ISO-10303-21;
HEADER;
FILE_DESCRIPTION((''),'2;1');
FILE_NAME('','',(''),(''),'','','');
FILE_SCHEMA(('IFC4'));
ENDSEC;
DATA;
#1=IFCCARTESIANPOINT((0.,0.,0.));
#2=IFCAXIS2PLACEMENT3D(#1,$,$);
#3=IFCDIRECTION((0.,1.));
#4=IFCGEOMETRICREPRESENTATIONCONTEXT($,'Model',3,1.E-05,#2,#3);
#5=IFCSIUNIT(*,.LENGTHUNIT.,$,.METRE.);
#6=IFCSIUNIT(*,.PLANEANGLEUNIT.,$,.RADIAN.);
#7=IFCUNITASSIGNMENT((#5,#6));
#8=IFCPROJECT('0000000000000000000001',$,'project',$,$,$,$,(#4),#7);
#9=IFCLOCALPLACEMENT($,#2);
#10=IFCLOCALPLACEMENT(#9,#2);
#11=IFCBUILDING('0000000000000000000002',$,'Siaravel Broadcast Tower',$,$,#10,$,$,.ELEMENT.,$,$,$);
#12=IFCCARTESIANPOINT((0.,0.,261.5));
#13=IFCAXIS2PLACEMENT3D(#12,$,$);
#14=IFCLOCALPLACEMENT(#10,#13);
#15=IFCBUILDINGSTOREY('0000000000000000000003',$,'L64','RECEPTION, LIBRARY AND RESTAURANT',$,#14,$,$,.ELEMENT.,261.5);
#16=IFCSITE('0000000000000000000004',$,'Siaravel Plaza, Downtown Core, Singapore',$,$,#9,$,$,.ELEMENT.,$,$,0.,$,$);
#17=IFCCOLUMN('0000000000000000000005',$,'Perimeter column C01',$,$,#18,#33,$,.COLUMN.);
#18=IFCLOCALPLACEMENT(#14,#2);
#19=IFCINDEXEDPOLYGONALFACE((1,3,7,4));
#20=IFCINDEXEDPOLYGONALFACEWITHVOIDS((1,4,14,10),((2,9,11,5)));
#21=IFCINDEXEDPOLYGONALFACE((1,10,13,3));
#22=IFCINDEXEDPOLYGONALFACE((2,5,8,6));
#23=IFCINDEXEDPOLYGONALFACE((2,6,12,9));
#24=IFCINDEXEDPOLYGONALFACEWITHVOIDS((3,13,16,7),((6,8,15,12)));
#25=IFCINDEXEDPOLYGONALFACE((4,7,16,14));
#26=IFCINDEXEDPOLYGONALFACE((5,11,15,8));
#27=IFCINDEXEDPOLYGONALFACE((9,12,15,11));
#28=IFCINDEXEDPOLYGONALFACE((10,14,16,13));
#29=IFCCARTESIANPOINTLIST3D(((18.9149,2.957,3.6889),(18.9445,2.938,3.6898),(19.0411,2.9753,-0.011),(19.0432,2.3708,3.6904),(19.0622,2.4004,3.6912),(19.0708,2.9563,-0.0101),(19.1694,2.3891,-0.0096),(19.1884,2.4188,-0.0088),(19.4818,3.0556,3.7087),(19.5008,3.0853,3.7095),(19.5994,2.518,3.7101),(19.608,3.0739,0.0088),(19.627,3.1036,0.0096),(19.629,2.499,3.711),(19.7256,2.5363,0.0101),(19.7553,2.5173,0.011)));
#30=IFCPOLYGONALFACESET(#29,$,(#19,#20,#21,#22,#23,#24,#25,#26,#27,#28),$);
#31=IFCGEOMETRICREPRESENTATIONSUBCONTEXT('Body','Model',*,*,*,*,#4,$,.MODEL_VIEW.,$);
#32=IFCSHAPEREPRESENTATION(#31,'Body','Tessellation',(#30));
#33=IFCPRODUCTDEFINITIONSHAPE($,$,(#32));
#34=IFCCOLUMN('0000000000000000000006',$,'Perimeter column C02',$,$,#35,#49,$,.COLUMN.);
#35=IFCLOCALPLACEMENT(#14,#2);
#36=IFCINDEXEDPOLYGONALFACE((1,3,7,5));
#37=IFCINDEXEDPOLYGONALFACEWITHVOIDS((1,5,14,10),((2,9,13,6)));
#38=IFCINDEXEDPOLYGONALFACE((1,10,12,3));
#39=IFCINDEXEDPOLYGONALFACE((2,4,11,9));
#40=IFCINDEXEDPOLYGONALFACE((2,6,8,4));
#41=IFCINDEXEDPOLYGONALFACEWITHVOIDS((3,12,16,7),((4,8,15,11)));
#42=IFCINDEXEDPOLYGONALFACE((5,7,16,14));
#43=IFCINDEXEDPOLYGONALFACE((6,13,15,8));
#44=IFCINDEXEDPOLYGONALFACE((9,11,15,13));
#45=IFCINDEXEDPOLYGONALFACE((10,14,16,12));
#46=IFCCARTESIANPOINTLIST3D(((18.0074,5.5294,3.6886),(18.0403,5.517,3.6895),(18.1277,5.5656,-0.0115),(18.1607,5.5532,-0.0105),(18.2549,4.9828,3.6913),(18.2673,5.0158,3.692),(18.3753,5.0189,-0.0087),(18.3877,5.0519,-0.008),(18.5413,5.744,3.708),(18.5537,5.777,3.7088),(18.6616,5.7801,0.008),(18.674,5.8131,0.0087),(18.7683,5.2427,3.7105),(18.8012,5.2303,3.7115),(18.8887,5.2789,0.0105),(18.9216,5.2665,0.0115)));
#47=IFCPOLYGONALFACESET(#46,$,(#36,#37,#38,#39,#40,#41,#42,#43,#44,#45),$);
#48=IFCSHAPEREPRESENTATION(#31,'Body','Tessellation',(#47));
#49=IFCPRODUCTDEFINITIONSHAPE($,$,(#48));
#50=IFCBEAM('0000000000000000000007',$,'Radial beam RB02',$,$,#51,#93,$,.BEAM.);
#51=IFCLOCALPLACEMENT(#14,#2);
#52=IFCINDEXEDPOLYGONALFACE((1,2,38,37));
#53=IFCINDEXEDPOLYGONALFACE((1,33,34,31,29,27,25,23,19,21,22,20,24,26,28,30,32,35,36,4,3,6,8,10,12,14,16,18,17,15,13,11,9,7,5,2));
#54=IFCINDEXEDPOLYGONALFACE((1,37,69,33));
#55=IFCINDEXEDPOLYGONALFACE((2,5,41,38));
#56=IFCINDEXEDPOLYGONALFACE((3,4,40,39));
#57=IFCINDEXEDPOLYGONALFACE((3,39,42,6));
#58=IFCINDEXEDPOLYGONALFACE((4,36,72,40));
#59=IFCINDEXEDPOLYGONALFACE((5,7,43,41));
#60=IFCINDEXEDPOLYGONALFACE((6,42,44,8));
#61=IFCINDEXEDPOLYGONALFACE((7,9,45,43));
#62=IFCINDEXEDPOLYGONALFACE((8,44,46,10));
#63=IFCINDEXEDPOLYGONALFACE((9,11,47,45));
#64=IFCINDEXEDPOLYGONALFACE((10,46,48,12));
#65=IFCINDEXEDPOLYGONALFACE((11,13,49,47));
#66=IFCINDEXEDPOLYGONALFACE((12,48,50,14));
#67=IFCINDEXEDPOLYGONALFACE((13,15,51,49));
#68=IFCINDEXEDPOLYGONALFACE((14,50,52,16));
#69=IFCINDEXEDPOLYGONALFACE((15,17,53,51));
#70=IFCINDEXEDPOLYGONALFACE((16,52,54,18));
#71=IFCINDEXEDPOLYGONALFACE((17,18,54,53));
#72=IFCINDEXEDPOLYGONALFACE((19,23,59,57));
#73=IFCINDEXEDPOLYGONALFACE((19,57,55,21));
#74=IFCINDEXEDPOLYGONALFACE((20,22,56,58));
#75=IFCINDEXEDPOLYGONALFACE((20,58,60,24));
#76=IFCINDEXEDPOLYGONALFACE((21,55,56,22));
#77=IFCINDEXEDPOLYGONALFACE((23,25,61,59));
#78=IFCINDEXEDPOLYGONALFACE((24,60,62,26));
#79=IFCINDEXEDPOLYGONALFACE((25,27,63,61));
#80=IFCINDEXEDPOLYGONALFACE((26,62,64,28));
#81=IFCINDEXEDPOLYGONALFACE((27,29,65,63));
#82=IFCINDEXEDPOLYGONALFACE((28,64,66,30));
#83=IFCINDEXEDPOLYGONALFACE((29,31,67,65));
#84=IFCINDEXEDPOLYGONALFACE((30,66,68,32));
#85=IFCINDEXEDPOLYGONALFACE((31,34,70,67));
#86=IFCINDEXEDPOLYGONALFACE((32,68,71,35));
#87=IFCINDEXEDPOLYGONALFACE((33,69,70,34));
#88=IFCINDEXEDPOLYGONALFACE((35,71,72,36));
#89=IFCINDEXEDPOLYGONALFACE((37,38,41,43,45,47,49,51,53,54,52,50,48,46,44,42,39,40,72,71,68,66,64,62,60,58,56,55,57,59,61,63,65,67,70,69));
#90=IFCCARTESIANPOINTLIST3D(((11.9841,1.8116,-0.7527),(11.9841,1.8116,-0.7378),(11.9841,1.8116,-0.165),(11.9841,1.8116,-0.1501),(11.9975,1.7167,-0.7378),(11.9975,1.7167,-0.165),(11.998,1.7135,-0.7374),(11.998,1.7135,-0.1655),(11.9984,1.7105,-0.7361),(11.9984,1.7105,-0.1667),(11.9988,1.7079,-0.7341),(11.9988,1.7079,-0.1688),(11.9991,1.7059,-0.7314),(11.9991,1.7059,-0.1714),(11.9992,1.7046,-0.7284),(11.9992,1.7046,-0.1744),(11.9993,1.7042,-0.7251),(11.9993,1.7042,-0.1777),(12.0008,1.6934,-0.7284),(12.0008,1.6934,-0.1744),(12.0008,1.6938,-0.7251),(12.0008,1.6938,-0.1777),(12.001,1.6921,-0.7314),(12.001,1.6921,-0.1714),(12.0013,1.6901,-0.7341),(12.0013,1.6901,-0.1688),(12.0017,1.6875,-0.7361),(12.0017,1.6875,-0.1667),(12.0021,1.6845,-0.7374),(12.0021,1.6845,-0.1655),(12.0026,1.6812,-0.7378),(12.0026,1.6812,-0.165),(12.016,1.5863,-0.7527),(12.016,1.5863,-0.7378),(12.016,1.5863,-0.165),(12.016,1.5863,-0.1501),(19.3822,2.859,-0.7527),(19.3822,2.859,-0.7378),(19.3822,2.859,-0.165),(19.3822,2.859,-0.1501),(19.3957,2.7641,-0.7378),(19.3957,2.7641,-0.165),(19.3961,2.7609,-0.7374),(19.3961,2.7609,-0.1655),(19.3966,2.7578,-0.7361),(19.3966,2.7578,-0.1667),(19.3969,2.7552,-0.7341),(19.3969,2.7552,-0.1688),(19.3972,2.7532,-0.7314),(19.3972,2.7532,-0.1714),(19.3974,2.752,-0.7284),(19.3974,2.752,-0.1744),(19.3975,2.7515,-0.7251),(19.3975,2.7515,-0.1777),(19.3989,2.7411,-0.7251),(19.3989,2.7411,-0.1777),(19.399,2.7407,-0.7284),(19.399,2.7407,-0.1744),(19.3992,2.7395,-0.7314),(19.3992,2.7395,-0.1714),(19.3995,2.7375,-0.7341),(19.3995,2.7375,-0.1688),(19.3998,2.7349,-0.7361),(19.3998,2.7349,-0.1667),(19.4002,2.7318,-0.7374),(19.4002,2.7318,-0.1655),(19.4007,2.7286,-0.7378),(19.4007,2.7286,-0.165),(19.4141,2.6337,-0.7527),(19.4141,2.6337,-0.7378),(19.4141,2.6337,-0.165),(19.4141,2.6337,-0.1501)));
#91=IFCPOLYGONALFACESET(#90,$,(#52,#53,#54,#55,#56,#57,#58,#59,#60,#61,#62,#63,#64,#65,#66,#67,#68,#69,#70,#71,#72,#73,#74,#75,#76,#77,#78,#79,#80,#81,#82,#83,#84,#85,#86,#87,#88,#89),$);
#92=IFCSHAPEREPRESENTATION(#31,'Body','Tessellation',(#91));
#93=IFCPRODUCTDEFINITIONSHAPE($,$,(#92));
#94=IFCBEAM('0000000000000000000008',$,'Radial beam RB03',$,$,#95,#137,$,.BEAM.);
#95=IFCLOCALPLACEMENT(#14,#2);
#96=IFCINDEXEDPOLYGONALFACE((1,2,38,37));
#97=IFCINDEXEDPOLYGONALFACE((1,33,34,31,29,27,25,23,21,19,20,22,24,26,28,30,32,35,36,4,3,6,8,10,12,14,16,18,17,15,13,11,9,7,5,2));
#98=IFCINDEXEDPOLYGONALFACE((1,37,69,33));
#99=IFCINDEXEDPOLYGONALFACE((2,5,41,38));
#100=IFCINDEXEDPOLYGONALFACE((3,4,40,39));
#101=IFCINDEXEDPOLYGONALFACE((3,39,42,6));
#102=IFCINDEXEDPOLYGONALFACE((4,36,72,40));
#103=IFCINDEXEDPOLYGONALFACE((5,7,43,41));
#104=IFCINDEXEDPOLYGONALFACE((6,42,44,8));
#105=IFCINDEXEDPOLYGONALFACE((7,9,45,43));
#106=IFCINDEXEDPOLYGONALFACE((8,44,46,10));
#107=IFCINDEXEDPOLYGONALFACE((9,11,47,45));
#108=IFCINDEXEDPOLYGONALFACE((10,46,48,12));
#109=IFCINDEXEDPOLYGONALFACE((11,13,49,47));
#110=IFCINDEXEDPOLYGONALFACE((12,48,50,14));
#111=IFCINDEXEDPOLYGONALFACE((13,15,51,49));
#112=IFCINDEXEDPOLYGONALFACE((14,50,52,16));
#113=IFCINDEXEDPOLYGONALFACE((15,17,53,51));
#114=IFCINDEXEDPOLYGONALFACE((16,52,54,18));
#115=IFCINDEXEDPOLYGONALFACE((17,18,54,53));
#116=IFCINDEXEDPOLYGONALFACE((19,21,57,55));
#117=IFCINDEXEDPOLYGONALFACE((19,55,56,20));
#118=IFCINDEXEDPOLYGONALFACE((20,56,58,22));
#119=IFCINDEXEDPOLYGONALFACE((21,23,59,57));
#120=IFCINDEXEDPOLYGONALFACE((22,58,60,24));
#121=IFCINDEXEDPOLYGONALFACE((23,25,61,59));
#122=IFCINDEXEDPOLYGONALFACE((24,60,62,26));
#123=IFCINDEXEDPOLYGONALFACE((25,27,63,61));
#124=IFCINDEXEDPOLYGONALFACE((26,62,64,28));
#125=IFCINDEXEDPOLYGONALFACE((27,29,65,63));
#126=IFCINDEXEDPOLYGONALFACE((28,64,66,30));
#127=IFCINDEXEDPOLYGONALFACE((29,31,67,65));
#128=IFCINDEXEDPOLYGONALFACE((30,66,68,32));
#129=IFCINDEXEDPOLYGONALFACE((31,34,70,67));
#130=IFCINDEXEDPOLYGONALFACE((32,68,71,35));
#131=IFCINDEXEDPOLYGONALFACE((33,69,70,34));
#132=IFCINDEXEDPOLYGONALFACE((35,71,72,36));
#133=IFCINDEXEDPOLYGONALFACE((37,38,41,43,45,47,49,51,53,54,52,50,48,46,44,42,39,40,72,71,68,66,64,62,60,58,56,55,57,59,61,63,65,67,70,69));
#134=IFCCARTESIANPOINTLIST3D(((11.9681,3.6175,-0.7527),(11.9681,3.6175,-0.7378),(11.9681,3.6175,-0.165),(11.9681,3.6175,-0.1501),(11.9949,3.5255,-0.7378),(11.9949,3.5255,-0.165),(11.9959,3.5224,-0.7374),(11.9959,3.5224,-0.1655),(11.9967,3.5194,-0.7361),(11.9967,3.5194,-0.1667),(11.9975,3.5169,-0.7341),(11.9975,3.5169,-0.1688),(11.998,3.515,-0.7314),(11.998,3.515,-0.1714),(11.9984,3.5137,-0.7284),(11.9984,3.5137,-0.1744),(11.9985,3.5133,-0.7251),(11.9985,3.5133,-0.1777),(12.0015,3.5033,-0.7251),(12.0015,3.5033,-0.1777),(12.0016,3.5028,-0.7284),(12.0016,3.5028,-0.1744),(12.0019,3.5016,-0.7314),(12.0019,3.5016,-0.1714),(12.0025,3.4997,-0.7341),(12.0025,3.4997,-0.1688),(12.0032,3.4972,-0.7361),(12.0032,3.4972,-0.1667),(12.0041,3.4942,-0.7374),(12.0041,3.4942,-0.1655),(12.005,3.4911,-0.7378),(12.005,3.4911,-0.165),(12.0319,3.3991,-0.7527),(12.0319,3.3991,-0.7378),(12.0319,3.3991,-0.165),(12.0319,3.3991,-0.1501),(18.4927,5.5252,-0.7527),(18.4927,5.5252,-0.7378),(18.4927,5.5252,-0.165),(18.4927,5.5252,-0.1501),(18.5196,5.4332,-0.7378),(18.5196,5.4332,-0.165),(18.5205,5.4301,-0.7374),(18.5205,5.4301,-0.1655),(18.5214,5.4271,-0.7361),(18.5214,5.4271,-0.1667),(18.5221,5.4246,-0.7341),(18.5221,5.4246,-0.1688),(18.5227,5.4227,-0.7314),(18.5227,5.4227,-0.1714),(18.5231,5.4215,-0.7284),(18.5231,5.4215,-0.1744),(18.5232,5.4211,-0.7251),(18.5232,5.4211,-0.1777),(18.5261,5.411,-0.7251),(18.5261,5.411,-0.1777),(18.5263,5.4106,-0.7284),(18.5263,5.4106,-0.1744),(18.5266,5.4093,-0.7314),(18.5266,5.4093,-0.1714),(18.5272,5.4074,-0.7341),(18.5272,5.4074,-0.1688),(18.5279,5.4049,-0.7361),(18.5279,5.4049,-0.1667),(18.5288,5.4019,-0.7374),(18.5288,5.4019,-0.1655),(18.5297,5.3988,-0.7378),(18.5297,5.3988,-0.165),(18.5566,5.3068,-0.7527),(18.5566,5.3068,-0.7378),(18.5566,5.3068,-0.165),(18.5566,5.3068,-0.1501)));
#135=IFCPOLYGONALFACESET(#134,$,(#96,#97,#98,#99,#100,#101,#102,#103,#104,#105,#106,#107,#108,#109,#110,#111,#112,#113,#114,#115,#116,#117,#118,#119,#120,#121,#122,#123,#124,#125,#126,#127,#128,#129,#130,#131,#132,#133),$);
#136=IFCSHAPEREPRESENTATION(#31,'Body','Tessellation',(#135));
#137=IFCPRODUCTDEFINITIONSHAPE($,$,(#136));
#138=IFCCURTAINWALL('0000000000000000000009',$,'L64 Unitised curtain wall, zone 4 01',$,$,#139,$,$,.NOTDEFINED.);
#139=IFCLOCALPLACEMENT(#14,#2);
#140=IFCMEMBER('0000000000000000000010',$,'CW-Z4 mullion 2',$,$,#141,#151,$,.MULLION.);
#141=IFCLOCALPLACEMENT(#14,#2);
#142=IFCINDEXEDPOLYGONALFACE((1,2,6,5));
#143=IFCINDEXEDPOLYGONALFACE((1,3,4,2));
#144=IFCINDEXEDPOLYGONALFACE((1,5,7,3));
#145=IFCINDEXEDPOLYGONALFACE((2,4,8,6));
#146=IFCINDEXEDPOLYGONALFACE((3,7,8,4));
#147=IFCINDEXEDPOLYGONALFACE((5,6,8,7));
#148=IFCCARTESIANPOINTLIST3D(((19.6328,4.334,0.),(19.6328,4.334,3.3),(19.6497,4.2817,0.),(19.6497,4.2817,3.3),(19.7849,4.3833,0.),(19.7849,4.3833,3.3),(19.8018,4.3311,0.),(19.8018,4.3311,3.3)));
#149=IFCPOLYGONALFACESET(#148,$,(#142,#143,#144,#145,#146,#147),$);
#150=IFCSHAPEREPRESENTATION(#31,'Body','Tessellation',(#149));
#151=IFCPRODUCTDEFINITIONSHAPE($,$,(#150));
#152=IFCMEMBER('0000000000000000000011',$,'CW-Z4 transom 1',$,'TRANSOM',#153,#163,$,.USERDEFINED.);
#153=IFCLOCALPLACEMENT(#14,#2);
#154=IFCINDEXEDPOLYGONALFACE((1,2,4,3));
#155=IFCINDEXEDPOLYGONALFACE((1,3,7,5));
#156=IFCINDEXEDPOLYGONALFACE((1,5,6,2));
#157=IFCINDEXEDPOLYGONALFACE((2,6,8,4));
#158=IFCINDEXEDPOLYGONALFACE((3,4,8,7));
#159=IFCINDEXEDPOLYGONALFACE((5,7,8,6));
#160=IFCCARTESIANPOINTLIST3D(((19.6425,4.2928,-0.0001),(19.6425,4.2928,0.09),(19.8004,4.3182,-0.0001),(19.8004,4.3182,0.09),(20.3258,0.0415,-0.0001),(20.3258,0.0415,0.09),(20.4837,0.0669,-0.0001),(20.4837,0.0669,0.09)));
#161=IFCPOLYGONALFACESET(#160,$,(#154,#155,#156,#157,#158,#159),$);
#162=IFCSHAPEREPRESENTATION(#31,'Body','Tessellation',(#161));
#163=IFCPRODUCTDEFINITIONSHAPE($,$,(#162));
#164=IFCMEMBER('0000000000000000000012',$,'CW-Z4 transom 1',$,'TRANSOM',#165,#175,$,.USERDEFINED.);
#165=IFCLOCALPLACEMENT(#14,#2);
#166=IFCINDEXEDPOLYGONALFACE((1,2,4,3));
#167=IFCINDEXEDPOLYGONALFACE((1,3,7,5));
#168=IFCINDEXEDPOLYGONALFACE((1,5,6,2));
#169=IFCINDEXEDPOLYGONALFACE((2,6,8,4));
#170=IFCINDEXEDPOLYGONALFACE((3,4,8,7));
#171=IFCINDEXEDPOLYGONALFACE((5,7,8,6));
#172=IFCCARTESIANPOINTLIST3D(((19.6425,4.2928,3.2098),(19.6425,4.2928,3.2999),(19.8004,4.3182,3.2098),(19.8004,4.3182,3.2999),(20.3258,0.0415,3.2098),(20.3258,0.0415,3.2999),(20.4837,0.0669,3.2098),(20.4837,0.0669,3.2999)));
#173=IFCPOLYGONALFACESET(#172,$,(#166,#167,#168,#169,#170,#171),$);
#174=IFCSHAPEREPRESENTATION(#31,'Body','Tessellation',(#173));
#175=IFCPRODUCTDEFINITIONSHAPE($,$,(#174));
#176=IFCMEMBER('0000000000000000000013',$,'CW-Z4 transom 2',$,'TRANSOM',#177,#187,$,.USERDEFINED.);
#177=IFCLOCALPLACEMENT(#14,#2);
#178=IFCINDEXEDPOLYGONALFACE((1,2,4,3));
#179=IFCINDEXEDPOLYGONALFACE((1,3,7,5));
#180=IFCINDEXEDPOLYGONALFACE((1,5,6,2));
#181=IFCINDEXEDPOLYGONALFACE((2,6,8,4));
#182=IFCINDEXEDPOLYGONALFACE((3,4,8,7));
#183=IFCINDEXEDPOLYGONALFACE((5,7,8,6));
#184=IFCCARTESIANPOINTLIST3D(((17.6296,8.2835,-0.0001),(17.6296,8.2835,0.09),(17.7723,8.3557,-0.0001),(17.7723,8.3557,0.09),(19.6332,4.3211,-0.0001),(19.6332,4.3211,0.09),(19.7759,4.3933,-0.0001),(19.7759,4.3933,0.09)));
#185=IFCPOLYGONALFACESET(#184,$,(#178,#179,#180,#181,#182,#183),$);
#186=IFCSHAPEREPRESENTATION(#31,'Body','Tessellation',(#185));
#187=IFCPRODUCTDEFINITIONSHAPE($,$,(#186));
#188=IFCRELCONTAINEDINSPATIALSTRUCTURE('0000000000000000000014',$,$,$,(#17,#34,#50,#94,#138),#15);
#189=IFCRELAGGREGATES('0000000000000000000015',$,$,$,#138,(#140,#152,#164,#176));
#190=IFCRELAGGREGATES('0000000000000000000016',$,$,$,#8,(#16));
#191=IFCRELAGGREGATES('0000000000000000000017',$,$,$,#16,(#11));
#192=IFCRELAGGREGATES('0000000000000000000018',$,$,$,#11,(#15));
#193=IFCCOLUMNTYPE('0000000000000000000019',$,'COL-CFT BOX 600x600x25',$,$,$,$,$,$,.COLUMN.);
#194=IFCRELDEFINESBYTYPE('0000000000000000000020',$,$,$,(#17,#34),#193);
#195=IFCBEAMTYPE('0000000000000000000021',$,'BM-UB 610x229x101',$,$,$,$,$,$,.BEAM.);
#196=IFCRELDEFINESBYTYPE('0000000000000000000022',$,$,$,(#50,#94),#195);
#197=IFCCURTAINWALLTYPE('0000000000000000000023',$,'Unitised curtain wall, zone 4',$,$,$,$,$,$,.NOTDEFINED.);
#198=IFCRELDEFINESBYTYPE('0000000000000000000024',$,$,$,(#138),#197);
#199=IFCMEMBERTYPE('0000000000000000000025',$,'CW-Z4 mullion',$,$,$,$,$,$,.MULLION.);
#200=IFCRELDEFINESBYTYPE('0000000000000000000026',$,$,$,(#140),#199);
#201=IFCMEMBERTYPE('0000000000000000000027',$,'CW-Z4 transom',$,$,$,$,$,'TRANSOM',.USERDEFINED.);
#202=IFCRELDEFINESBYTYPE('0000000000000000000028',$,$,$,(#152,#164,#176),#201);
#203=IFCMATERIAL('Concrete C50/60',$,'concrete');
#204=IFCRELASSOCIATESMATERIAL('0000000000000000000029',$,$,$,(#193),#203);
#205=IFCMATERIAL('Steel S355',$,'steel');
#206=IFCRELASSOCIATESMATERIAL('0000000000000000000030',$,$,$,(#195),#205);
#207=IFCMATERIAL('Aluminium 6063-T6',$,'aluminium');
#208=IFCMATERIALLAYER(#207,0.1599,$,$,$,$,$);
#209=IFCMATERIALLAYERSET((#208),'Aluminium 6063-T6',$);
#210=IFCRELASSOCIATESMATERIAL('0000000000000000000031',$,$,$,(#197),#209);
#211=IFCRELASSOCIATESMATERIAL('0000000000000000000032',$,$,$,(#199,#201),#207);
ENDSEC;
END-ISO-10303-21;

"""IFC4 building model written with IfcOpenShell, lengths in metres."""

from ifc_helpers import new_model, si_unit, direction, frame, origin, origin_2d, place, context, subcontext, project, spatial, rectangle, hollow_rectangle, i_section, extrude, material, layer, layer_set, material_profile, profile_set, type_object, element, aggregate, save


model = new_model("IFC4")

# Units and contexts
model_context = context("Model", 3, precision=1e-05, world=origin(), true_north=direction((0.0, 1.0)))
body_context = subcontext(model_context, "Body", "Model", "MODEL_VIEW")
ifc_project = project(units=[si_unit("LENGTHUNIT", "METRE"), si_unit("PLANEANGLEUNIT", "RADIAN")], contexts=[model_context])

# Site, building, storey
site_placement = place(None, origin())
site = spatial("IfcSite", under=ifc_project, at=site_placement, Name="Siaravel Plaza, Downtown Core, Singapore", CompositionType="ELEMENT", RefElevation=0.0)
building_placement = place(site_placement, origin())
building = spatial("IfcBuilding", under=site, at=building_placement, Name="Siaravel Broadcast Tower", CompositionType="ELEMENT")
storey_placement = place(building_placement, frame((0.0, 0.0, 261.5)))
storey = spatial("IfcBuildingStorey", under=building, at=storey_placement, Name="L64", Description="RECEPTION, LIBRARY AND RESTAURANT", CompositionType="ELEMENT", Elevation=261.5)

# Columns
ifc_material_1 = material(Name="Concrete C50/60", Category="concrete")
ifc_material_profile_1 = material_profile(ifc_material_1, hollow_rectangle(XDim=0.6001, YDim=0.6001, WallThickness=0.0249, at=origin_2d()))
ifc_profile_set_1 = profile_set([ifc_material_profile_1], Name="Concrete C50/60")
column_type = type_object("IfcColumnType", Name="COL-CFT BOX 600x600x25", PredefinedType="COLUMN", material=ifc_profile_set_1)
for number, where, z_axis, x_axis, name in (
    (1, (19.3982, 2.7463, 0.0), (-0.034094, -0.004946, 0.999406), (0.213742, -0.976887, 0.002457), "Perimeter column C01"),
    (2, (18.5247, 5.416, 0.0), (-0.032512, -0.00976, 0.999424), (0.412568, -0.910915, 0.004525), "Perimeter column C02"),
):
    element("IfcColumn", number, at=place(storey_placement, frame(where, z_axis=z_axis, x_axis=x_axis)), inside=storey, type_object=column_type, Name=name, PredefinedType="COLUMN", context=body_context, shape_type="SweptSolid", body=[
        extrude(hollow_rectangle(XDim=0.6001, YDim=0.6001, WallThickness=0.0249, at=origin_2d()), origin(), (0.0, 0.0, 1.0), 3.7021),
    ])

# Beams
ifc_material_2 = material(Name="Steel S355", Category="steel")
ifc_material_profile_2 = material_profile(ifc_material_2, i_section(OverallWidth=0.2275, OverallDepth=0.6025, WebThickness=0.0105, FlangeThickness=0.0149, FilletRadius=0.0127, at=origin_2d()))
ifc_profile_set_2 = profile_set([ifc_material_profile_2], Name="Steel S355")
beam_type = type_object("IfcBeamType", Name="BM-UB 610x229x101", PredefinedType="BEAM", material=ifc_profile_set_2)
beam_1_placement = place(storey_placement, frame((19.3982, 2.7463, -0.4514), z_axis=(-0.990127, -0.140172, 0.0), x_axis=(0.140172, -0.990127, 0.0)))
element("IfcBeam", 3, at=beam_1_placement, inside=storey, type_object=beam_type, Name="Radial beam RB02", PredefinedType="BEAM", context=body_context, shape_type="SweptSolid", body=[
    extrude(i_section(OverallWidth=0.2275, OverallDepth=0.6025, WebThickness=0.0105, FlangeThickness=0.0149, FilletRadius=0.0127, at=origin_2d()), origin(), (0.0, 0.0, 1.0), 7.4719),
])
beam_2_placement = place(storey_placement, frame((18.5247, 5.416, -0.4514), z_axis=(-0.959814, -0.280636, 0.0), x_axis=(0.280636, -0.959814, 0.0)))
element("IfcBeam", 4, at=beam_2_placement, inside=storey, type_object=beam_type, Name="Radial beam RB03", PredefinedType="BEAM", context=body_context, shape_type="SweptSolid", body=[
    extrude(i_section(OverallWidth=0.2275, OverallDepth=0.6025, WebThickness=0.0105, FlangeThickness=0.0149, FilletRadius=0.0127, at=origin_2d()), origin(), (0.0, 0.0, 1.0), 6.7979),
])

# Curtain wall, members
ifc_material_3 = material(Name="Aluminium 6063-T6", Category="aluminium")
ifc_layer_1 = layer(ifc_material_3, 0.1599)
ifc_layer_set_1 = layer_set([ifc_layer_1], Name="Aluminium 6063-T6")
curtain_wall_type = type_object("IfcCurtainWallType", Name="Unitised curtain wall, zone 4", PredefinedType="NOTDEFINED", material=ifc_layer_set_1)
curtain_wall_placement = place(storey_placement, origin())
curtain_wall = element("IfcCurtainWall", 5, at=curtain_wall_placement, inside=storey, type_object=curtain_wall_type, Name="L64 Unitised curtain wall, zone 4 01", PredefinedType="NOTDEFINED")
ifc_material_profile_3 = material_profile(ifc_material_3, rectangle(XDim=0.1599, YDim=0.0549, at=origin_2d()))
ifc_profile_set_3 = profile_set([ifc_material_profile_3], Name="Aluminium 6063-T6")
member_type_1 = type_object("IfcMemberType", Name="CW-Z4 mullion", PredefinedType="MULLION", material=ifc_profile_set_3)
member_1_placement = place(storey_placement, frame((19.7173, 4.3325, 0.0), z_axis=(0.0, 0.0, 1.0), x_axis=(-0.951178, -0.308644, 0.0)))
member_1 = element("IfcMember", 6, at=member_1_placement, type_object=member_type_1, Name="CW-Z4 mullion 2", PredefinedType="MULLION", context=body_context, shape_type="SweptSolid", body=[
    extrude(rectangle(XDim=0.1599, YDim=0.0549, at=origin_2d()), origin(), (0.0, 0.0, 1.0), 3.3),
])
ifc_material_profile_4 = material_profile(ifc_material_3, rectangle(XDim=0.1599, YDim=0.0901, at=origin_2d()))
ifc_profile_set_4 = profile_set([ifc_material_profile_4], Name="Aluminium 6063-T6")
member_type_2 = type_object("IfcMemberType", Name="CW-Z4 transom", ElementType="TRANSOM", PredefinedType="USERDEFINED", material=ifc_profile_set_4)
member_2_placement = place(storey_placement, frame((20.4048, 0.0542, 0.0449), z_axis=(-0.158705, 0.987326, 0.0), x_axis=(-0.987326, -0.158705, 0.0)))
member_2 = element("IfcMember", 7, at=member_2_placement, type_object=member_type_2, Name="CW-Z4 transom 1", ObjectType="TRANSOM", PredefinedType="USERDEFINED", context=body_context, shape_type="SweptSolid", body=[
    extrude(rectangle(XDim=0.1599, YDim=0.0901, at=origin_2d()), origin(), (0.0, 0.0, 1.0), 4.3059),
])
member_3_placement = place(storey_placement, frame((20.4048, 0.0542, 3.2549), z_axis=(-0.158705, 0.987326, 0.0), x_axis=(-0.987326, -0.158705, 0.0)))
member_3 = element("IfcMember", 8, at=member_3_placement, type_object=member_type_2, Name="CW-Z4 transom 1", ObjectType="TRANSOM", PredefinedType="USERDEFINED", context=body_context, shape_type="SweptSolid", body=[
    extrude(rectangle(XDim=0.1599, YDim=0.0901, at=origin_2d()), origin(), (0.0, 0.0, 1.0), 4.3059),
])
member_4_placement = place(storey_placement, frame((19.7046, 4.3572, 0.0449), z_axis=(-0.451256, 0.892395, 0.0), x_axis=(-0.892395, -0.451256, 0.0)))
member_4 = element("IfcMember", 9, at=member_4_placement, type_object=member_type_2, Name="CW-Z4 transom 2", ObjectType="TRANSOM", PredefinedType="USERDEFINED", context=body_context, shape_type="SweptSolid", body=[
    extrude(rectangle(XDim=0.1599, YDim=0.0901, at=origin_2d()), origin(), (0.0, 0.0, 1.0), 4.4402),
])

aggregate(curtain_wall, [member_1, member_2, member_3, member_4])

save(model, "model.ifc")
